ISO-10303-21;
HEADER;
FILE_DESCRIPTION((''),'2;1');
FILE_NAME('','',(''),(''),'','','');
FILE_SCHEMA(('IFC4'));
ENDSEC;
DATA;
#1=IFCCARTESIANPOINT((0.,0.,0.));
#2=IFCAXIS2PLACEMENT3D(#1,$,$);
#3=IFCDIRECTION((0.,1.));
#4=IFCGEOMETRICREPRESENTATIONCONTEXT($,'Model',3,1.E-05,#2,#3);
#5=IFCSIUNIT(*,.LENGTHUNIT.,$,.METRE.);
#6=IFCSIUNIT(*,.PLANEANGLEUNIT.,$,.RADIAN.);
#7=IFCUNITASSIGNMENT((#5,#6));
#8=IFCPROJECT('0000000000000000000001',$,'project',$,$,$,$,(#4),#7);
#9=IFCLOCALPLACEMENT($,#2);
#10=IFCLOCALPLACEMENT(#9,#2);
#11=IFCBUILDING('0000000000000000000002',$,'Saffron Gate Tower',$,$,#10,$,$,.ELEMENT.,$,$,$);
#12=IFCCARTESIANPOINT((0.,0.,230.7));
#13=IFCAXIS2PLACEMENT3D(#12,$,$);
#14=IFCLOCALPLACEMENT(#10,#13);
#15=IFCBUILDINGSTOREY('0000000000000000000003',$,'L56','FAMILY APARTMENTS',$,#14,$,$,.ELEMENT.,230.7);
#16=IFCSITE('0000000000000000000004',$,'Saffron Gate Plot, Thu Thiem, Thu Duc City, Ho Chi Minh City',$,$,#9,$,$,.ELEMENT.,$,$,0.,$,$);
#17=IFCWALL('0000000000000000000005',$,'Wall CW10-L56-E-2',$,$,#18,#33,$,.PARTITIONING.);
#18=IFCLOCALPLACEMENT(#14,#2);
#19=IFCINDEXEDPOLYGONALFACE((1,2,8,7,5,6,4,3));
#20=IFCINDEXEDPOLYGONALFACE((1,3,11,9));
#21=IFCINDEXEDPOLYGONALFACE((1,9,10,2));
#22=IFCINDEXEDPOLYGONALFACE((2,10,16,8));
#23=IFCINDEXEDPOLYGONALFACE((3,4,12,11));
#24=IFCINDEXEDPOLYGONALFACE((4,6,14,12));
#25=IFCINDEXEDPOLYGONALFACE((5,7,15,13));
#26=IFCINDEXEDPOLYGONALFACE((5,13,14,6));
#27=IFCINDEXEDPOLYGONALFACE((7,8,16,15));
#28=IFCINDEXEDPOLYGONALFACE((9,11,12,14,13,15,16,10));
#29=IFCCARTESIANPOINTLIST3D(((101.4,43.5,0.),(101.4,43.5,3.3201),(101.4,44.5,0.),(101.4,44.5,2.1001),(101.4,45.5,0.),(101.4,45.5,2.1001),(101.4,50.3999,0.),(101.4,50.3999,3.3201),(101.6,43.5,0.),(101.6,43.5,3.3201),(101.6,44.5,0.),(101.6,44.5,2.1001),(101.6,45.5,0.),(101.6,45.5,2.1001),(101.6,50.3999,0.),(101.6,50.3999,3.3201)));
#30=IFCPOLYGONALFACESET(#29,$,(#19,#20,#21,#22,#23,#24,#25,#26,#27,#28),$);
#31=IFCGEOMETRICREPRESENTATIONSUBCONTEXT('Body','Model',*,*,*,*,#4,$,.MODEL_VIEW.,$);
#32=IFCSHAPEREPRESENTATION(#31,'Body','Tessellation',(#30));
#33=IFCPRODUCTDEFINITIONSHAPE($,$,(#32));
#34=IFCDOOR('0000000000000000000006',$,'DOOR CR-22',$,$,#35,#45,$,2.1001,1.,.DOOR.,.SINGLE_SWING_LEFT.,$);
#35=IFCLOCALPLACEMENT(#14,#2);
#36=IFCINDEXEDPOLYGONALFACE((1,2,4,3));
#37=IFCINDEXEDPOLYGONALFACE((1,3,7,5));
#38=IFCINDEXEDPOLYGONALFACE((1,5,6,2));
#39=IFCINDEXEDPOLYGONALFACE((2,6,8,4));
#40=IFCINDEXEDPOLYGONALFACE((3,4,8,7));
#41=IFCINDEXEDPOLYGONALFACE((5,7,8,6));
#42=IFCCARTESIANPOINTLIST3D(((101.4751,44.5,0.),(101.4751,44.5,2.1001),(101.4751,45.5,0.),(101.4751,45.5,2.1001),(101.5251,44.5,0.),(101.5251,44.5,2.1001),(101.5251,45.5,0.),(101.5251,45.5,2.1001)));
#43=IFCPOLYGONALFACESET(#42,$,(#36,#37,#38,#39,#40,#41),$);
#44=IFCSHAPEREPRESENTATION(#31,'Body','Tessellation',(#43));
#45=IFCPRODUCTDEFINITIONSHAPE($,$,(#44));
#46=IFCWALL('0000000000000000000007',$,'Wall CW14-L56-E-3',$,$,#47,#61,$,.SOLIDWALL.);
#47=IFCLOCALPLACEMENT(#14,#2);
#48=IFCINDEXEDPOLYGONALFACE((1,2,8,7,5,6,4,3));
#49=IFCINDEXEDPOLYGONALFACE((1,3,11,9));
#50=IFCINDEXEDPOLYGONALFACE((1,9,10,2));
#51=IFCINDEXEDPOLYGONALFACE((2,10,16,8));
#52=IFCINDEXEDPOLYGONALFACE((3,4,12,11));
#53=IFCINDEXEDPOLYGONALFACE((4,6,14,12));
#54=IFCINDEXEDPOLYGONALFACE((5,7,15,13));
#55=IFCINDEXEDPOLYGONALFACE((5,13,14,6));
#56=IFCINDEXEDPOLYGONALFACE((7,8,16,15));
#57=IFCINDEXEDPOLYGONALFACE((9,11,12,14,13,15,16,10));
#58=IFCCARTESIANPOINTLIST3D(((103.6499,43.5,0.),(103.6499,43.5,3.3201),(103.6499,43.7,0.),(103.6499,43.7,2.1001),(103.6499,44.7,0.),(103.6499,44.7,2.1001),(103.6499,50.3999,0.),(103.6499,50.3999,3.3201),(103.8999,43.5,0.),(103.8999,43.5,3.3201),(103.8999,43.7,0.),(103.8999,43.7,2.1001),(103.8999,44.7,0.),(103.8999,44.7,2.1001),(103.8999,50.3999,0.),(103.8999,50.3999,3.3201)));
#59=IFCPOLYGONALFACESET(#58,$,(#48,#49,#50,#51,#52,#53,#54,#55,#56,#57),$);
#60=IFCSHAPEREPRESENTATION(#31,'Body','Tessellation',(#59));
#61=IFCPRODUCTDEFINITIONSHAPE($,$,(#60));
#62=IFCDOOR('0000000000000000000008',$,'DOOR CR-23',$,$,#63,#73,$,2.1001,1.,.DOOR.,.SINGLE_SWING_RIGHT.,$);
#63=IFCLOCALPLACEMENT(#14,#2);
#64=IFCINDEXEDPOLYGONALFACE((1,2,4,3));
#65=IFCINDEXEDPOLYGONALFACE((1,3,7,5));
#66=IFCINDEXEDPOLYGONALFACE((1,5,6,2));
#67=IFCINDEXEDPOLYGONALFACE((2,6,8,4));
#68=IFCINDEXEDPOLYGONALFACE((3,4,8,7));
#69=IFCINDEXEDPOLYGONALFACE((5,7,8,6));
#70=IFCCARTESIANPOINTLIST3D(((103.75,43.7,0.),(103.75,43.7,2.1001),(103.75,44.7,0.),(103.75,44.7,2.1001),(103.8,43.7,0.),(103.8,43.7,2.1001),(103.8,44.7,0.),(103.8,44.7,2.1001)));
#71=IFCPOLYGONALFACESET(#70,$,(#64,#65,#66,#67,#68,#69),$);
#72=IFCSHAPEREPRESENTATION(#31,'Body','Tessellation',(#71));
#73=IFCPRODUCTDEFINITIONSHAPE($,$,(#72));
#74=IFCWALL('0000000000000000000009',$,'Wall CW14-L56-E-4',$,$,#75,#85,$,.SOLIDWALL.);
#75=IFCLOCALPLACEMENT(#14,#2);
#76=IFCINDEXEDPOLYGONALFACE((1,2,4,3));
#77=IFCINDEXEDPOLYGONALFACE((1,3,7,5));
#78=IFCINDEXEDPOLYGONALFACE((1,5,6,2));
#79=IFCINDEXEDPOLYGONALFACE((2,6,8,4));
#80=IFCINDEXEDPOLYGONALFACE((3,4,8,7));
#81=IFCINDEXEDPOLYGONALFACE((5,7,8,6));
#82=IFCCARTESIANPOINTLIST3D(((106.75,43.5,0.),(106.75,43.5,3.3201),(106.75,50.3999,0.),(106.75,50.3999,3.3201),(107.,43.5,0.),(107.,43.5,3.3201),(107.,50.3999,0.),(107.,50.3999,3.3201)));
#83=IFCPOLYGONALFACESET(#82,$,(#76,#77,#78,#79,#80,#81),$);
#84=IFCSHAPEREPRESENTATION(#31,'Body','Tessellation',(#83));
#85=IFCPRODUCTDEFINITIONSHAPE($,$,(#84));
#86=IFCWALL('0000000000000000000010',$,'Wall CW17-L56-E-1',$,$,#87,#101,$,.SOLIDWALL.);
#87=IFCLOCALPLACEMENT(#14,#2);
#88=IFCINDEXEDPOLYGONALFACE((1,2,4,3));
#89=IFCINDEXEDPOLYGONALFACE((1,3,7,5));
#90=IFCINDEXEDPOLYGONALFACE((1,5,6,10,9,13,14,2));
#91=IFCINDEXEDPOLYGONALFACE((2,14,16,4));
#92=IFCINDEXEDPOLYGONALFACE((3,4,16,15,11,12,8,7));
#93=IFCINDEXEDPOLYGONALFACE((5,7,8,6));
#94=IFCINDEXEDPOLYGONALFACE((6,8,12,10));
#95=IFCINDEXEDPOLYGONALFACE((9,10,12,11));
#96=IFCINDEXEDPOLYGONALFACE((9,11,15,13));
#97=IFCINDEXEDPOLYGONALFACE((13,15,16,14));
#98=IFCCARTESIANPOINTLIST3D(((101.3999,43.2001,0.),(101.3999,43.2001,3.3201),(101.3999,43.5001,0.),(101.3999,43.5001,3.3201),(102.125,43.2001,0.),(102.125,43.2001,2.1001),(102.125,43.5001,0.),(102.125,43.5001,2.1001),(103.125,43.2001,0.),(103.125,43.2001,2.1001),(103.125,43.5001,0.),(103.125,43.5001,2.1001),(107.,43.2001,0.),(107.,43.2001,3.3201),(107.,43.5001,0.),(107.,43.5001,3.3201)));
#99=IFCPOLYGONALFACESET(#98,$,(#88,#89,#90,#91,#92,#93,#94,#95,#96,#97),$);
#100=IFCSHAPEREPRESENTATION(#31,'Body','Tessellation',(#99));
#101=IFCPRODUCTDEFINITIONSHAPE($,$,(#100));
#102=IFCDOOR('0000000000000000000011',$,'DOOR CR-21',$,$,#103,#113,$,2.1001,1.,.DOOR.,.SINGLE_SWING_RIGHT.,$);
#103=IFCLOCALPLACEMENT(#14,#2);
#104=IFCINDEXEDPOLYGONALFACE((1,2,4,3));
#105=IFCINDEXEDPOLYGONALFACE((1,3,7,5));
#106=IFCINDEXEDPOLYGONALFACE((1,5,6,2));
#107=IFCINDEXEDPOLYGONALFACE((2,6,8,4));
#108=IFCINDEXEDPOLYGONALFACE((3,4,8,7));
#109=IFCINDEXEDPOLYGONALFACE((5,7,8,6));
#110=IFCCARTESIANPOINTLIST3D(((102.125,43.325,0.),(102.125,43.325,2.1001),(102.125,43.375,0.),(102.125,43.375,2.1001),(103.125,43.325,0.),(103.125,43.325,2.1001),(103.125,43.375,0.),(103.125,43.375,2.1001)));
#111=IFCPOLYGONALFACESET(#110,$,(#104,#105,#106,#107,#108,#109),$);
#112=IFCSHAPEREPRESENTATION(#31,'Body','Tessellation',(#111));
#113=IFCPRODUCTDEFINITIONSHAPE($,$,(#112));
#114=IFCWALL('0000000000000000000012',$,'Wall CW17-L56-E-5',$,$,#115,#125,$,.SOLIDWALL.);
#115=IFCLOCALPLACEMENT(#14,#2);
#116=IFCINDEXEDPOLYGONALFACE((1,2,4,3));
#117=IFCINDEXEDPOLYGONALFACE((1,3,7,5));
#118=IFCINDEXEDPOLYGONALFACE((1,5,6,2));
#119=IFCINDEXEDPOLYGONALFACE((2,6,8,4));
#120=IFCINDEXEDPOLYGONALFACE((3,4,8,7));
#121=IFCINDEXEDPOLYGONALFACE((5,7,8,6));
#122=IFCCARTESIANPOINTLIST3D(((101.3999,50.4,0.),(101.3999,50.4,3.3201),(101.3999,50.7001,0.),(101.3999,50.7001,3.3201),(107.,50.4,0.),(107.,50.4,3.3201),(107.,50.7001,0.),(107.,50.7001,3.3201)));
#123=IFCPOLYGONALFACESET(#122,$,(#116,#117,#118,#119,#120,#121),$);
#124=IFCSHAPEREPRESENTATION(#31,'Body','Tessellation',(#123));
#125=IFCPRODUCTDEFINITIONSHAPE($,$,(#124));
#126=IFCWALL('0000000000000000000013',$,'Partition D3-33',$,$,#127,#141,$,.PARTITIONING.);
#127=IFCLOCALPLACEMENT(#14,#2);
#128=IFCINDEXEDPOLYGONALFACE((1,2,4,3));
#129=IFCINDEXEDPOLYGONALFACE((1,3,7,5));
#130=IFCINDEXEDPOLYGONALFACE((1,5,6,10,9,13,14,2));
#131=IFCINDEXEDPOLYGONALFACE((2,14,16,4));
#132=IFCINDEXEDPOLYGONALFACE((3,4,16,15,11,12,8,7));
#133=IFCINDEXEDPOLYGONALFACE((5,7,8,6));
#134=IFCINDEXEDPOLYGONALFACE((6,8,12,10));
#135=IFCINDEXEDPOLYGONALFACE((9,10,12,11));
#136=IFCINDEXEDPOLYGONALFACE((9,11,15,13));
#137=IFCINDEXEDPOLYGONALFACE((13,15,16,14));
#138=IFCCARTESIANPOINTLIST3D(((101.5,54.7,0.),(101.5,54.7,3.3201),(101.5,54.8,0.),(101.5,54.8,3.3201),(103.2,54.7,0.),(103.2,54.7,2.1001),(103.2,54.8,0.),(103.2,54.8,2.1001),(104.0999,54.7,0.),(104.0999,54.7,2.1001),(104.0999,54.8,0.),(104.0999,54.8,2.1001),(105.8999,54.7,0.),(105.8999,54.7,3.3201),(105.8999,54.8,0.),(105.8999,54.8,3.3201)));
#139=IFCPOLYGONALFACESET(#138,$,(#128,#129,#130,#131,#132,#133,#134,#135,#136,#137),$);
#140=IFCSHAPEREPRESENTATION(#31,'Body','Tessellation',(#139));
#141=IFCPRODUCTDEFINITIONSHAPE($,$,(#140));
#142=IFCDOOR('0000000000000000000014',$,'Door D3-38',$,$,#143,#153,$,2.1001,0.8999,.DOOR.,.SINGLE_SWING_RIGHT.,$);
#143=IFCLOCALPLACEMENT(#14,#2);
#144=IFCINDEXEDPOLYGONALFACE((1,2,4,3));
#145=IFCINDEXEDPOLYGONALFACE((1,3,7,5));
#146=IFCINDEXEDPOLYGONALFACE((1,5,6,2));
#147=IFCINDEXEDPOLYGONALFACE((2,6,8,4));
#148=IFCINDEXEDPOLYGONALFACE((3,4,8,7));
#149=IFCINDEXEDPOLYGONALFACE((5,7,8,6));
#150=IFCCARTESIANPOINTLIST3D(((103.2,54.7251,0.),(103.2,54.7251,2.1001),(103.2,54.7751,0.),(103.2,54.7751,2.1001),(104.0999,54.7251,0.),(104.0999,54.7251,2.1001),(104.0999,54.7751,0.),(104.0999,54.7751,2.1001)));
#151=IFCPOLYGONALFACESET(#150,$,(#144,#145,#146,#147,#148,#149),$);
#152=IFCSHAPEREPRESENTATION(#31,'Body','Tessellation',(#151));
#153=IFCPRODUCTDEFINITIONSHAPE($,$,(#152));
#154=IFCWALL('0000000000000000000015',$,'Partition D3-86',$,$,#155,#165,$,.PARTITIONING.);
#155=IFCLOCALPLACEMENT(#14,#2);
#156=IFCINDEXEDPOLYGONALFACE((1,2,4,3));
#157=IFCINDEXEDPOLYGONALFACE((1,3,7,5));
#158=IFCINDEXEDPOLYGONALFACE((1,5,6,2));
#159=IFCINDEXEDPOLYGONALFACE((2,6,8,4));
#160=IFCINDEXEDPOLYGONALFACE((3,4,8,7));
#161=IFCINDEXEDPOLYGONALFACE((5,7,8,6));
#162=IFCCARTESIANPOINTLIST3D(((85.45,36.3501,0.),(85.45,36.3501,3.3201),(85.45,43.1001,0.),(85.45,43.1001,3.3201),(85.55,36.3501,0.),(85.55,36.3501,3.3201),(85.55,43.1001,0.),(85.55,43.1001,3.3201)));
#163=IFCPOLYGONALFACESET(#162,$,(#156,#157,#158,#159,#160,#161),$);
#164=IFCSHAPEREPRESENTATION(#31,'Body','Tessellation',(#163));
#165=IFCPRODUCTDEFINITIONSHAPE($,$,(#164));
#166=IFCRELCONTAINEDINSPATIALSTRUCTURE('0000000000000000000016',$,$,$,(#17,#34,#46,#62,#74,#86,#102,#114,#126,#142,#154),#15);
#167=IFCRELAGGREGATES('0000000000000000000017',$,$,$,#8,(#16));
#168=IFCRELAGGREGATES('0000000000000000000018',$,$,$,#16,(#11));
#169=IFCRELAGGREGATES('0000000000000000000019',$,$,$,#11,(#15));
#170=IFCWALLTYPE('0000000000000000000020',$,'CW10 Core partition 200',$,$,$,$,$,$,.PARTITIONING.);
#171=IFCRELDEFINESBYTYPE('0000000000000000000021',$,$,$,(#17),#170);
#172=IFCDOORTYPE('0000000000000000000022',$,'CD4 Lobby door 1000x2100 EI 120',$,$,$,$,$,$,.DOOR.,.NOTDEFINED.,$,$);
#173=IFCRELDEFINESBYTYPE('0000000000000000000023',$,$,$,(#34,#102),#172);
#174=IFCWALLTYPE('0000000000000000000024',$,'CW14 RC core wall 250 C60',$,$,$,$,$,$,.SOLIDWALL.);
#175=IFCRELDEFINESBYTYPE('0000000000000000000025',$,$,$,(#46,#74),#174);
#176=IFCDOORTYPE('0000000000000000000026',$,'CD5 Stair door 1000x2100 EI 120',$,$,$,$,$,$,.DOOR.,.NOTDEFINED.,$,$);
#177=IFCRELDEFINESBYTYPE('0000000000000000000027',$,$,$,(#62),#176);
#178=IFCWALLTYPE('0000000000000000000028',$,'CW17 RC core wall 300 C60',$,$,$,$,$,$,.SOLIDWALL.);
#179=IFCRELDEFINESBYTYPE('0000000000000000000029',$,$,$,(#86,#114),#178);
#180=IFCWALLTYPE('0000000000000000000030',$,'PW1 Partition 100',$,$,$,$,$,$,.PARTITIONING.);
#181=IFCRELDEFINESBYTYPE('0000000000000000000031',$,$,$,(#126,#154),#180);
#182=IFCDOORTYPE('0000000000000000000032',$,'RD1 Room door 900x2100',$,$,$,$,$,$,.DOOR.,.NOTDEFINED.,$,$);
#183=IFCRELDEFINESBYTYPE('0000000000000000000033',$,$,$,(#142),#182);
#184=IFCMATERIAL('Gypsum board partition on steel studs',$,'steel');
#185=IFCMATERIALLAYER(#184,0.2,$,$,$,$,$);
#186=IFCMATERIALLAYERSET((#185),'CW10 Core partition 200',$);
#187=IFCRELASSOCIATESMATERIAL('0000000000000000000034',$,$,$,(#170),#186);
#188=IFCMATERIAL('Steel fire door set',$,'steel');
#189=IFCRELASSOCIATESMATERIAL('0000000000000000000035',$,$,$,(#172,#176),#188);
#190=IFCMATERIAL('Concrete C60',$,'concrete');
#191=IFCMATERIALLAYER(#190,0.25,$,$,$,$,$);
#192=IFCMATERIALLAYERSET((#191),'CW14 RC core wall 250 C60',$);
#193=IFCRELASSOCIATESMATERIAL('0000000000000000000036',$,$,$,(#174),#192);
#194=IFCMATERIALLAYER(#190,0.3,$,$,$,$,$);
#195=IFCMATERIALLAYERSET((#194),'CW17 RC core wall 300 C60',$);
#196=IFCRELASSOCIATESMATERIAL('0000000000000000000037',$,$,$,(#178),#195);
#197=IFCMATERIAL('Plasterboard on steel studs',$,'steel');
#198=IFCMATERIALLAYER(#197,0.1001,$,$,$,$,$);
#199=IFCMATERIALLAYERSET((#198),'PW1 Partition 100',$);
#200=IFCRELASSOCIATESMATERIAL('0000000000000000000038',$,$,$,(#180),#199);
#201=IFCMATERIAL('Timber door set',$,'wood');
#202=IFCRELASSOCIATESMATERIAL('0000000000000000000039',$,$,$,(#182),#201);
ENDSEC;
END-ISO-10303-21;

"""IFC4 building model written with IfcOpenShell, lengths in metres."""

from ifc_helpers import new_model, si_unit, direction, frame, frame_2d, origin, place, context, subcontext, project, spatial, rectangle, extrude, material, layer, layer_set, type_object, element, fill, save


model = new_model("IFC4")

# Units and contexts
model_context = context("Model", 3, precision=1e-05, world=origin(), true_north=direction((0.0, 1.0)))
body_context = subcontext(model_context, "Body", "Model", "MODEL_VIEW")
ifc_project = project(units=[si_unit("LENGTHUNIT", "METRE"), si_unit("PLANEANGLEUNIT", "RADIAN")], contexts=[model_context])

# Site, building, storey
site_placement = place(None, origin())
site = spatial("IfcSite", under=ifc_project, at=site_placement, Name="Saffron Gate Plot, Thu Thiem, Thu Duc City, Ho Chi Minh City", CompositionType="ELEMENT", RefElevation=0.0)
building_placement = place(site_placement, origin())
building = spatial("IfcBuilding", under=site, at=building_placement, Name="Saffron Gate Tower", CompositionType="ELEMENT")
storey_placement = place(building_placement, frame((0.0, 0.0, 230.7)))
storey = spatial("IfcBuildingStorey", under=building, at=storey_placement, Name="L56", Description="FAMILY APARTMENTS", CompositionType="ELEMENT", Elevation=230.7)

# Walls, openings, doors
ifc_material_1 = material(Name="Gypsum board partition on steel studs", Category="steel")
ifc_layer_1 = layer(ifc_material_1, 0.2)
ifc_layer_set_1 = layer_set([ifc_layer_1], Name="CW10 Core partition 200")
wall_type_1 = type_object("IfcWallType", Name="CW10 Core partition 200", PredefinedType="PARTITIONING", material=ifc_layer_set_1)
wall_1_placement = place(storey_placement, frame((101.5, 43.5, 0.0), z_axis=(0.0, 0.0, 1.0), x_axis=(0.0, 1.0, 0.0)))
wall_1 = element("IfcWall", 1, at=wall_1_placement, inside=storey, type_object=wall_type_1, Name="Wall CW10-L56-E-2", PredefinedType="PARTITIONING", context=body_context, shape_type="SweptSolid", body=[
    extrude(rectangle(XDim=6.8999, YDim=0.2, at=frame_2d((3.45, 0.0))), origin(), (0.0, 0.0, 1.0), 3.3201),
])
opening_1_placement = place(wall_1_placement, frame((1.0, 0.0, 0.0)))
opening_1 = element("IfcOpeningElement", 2, at=opening_1_placement, cuts=wall_1, PredefinedType="OPENING", context=body_context, shape_type="SweptSolid", body=[
    extrude(rectangle(XDim=1.0, YDim=2.1001, at=frame_2d((0.5, 1.05))), frame((0.0, 0.1099, 0.0), z_axis=(0.0, -1.0, 0.0), x_axis=(1.0, 0.0, 0.0)), (0.0, 0.0, 1.0), 0.22),
])
ifc_material_2 = material(Name="Steel fire door set", Category="steel")
door_type_1 = type_object("IfcDoorType", Name="CD4 Lobby door 1000x2100 EI 120", OperationType="NOTDEFINED", PredefinedType="DOOR", material=ifc_material_2)
door_1_placement = place(opening_1_placement, origin())
door_1 = element("IfcDoor", 3, at=door_1_placement, inside=storey, type_object=door_type_1, Name="DOOR CR-22", OperationType="SINGLE_SWING_LEFT", OverallHeight=2.1001, OverallWidth=1.0, PredefinedType="DOOR", context=body_context, shape_type="SweptSolid", body=[
    extrude(rectangle(XDim=1.0, YDim=2.1001, at=frame_2d((0.5, 1.05))), frame((0.0, 0.0249, 0.0), z_axis=(0.0, -1.0, 0.0), x_axis=(1.0, 0.0, 0.0)), (0.0, 0.0, 1.0), 0.05),
])
fill(opening_1, door_1)
ifc_material_3 = material(Name="Concrete C60", Category="concrete")
ifc_layer_2 = layer(ifc_material_3, 0.25)
ifc_layer_set_2 = layer_set([ifc_layer_2], Name="CW14 RC core wall 250 C60")
wall_type_2 = type_object("IfcWallType", Name="CW14 RC core wall 250 C60", PredefinedType="SOLIDWALL", material=ifc_layer_set_2)
wall_2_placement = place(storey_placement, frame((103.7749, 43.5, 0.0), z_axis=(0.0, 0.0, 1.0), x_axis=(0.0, 1.0, 0.0)))
wall_2 = element("IfcWall", 4, at=wall_2_placement, inside=storey, type_object=wall_type_2, Name="Wall CW14-L56-E-3", PredefinedType="SOLIDWALL", context=body_context, shape_type="SweptSolid", body=[
    extrude(rectangle(XDim=6.8999, YDim=0.25, at=frame_2d((3.45, 0.0))), origin(), (0.0, 0.0, 1.0), 3.3201),
])
opening_2_placement = place(wall_2_placement, frame((0.2, 0.0, 0.0)))
opening_2 = element("IfcOpeningElement", 5, at=opening_2_placement, cuts=wall_2, PredefinedType="OPENING", context=body_context, shape_type="SweptSolid", body=[
    extrude(rectangle(XDim=1.0, YDim=2.1001, at=frame_2d((0.5, 1.05))), frame((0.0, 0.135, 0.0), z_axis=(0.0, -1.0, 0.0), x_axis=(1.0, 0.0, 0.0)), (0.0, 0.0, 1.0), 0.27),
])
door_type_2 = type_object("IfcDoorType", Name="CD5 Stair door 1000x2100 EI 120", OperationType="NOTDEFINED", PredefinedType="DOOR", material=ifc_material_2)
door_2_placement = place(opening_2_placement, origin())
door_2 = element("IfcDoor", 6, at=door_2_placement, inside=storey, type_object=door_type_2, Name="DOOR CR-23", OperationType="SINGLE_SWING_RIGHT", OverallHeight=2.1001, OverallWidth=1.0, PredefinedType="DOOR", context=body_context, shape_type="SweptSolid", body=[
    extrude(rectangle(XDim=1.0, YDim=2.1001, at=frame_2d((0.5, 1.05))), frame((0.0, 0.0249, 0.0), z_axis=(0.0, -1.0, 0.0), x_axis=(1.0, 0.0, 0.0)), (0.0, 0.0, 1.0), 0.05),
])
fill(opening_2, door_2)

# Wall
wall_3_placement = place(storey_placement, frame((106.875, 43.5, 0.0), z_axis=(0.0, 0.0, 1.0), x_axis=(0.0, 1.0, 0.0)))
element("IfcWall", 7, at=wall_3_placement, inside=storey, type_object=wall_type_2, Name="Wall CW14-L56-E-4", PredefinedType="SOLIDWALL", context=body_context, shape_type="SweptSolid", body=[
    extrude(rectangle(XDim=6.8999, YDim=0.25, at=frame_2d((3.45, 0.0))), origin(), (0.0, 0.0, 1.0), 3.3201),
])

# Wall, opening, door
ifc_layer_3 = layer(ifc_material_3, 0.3)
ifc_layer_set_3 = layer_set([ifc_layer_3], Name="CW17 RC core wall 300 C60")
wall_type_3 = type_object("IfcWallType", Name="CW17 RC core wall 300 C60", PredefinedType="SOLIDWALL", material=ifc_layer_set_3)
wall_4_placement = place(storey_placement, frame((101.3999, 43.3501, 0.0), z_axis=(0.0, 0.0, 1.0), x_axis=(1.0, 0.0, 0.0)))
wall_4 = element("IfcWall", 8, at=wall_4_placement, inside=storey, type_object=wall_type_3, Name="Wall CW17-L56-E-1", PredefinedType="SOLIDWALL", context=body_context, shape_type="SweptSolid", body=[
    extrude(rectangle(XDim=5.6001, YDim=0.3, at=frame_2d((2.8, 0.0))), origin(), (0.0, 0.0, 1.0), 3.3201),
])
opening_3_placement = place(wall_4_placement, frame((0.7251, 0.0, 0.0)))
opening_3 = element("IfcOpeningElement", 9, at=opening_3_placement, cuts=wall_4, PredefinedType="OPENING", context=body_context, shape_type="SweptSolid", body=[
    extrude(rectangle(XDim=1.0, YDim=2.1001, at=frame_2d((0.5, 1.05))), frame((0.0, 0.1602, 0.0), z_axis=(0.0, -1.0, 0.0), x_axis=(1.0, 0.0, 0.0)), (0.0, 0.0, 1.0), 0.3201),
])
door_3_placement = place(opening_3_placement, origin())
door_3 = element("IfcDoor", 10, at=door_3_placement, inside=storey, type_object=door_type_1, Name="DOOR CR-21", OperationType="SINGLE_SWING_RIGHT", OverallHeight=2.1001, OverallWidth=1.0, PredefinedType="DOOR", context=body_context, shape_type="SweptSolid", body=[
    extrude(rectangle(XDim=1.0, YDim=2.1001, at=frame_2d((0.5, 1.05))), frame((0.0, 0.0249, 0.0), z_axis=(0.0, -1.0, 0.0), x_axis=(1.0, 0.0, 0.0)), (0.0, 0.0, 1.0), 0.05),
])
fill(opening_3, door_3)

# Wall
wall_5_placement = place(storey_placement, frame((101.3999, 50.55, 0.0), z_axis=(0.0, 0.0, 1.0), x_axis=(1.0, 0.0, 0.0)))
element("IfcWall", 11, at=wall_5_placement, inside=storey, type_object=wall_type_3, Name="Wall CW17-L56-E-5", PredefinedType="SOLIDWALL", context=body_context, shape_type="SweptSolid", body=[
    extrude(rectangle(XDim=5.6001, YDim=0.3, at=frame_2d((2.8, 0.0))), origin(), (0.0, 0.0, 1.0), 3.3201),
])

# Wall, opening, door
ifc_material_4 = material(Name="Plasterboard on steel studs", Category="steel")
ifc_layer_4 = layer(ifc_material_4, 0.1001)
ifc_layer_set_4 = layer_set([ifc_layer_4], Name="PW1 Partition 100")
wall_type_4 = type_object("IfcWallType", Name="PW1 Partition 100", PredefinedType="PARTITIONING", material=ifc_layer_set_4)
wall_6_placement = place(storey_placement, frame((105.8999, 54.75, 0.0), z_axis=(0.0, 0.0, 1.0), x_axis=(-1.0, 0.0, 0.0)))
wall_6 = element("IfcWall", 12, at=wall_6_placement, inside=storey, type_object=wall_type_4, Name="Partition D3-33", PredefinedType="PARTITIONING", context=body_context, shape_type="SweptSolid", body=[
    extrude(rectangle(XDim=4.3999, YDim=0.1001, at=frame_2d((2.2, 0.0))), origin(), (0.0, 0.0, 1.0), 3.3201),
])
opening_4_placement = place(wall_6_placement, frame((1.8, 0.0, 0.0)))
opening_4 = element("IfcOpeningElement", 13, at=opening_4_placement, cuts=wall_6, PredefinedType="OPENING", context=body_context, shape_type="SweptSolid", body=[
    extrude(rectangle(XDim=0.8999, YDim=2.1001, at=frame_2d((0.45, 1.05))), frame((0.0, 0.0601, 0.0), z_axis=(0.0, -1.0, 0.0), x_axis=(1.0, 0.0, 0.0)), (0.0, 0.0, 1.0), 0.1201),
])
ifc_material_5 = material(Name="Timber door set", Category="wood")
door_type_3 = type_object("IfcDoorType", Name="RD1 Room door 900x2100", OperationType="NOTDEFINED", PredefinedType="DOOR", material=ifc_material_5)
door_4_placement = place(opening_4_placement, origin())
door_4 = element("IfcDoor", 14, at=door_4_placement, inside=storey, type_object=door_type_3, Name="Door D3-38", OperationType="SINGLE_SWING_RIGHT", OverallHeight=2.1001, OverallWidth=0.8999, PredefinedType="DOOR", context=body_context, shape_type="SweptSolid", body=[
    extrude(rectangle(XDim=0.8999, YDim=2.1001, at=frame_2d((0.45, 1.05))), frame((0.0, 0.0249, 0.0), z_axis=(0.0, -1.0, 0.0), x_axis=(1.0, 0.0, 0.0)), (0.0, 0.0, 1.0), 0.05),
])
fill(opening_4, door_4)

# Wall
for number, where, z_axis, x_axis, name in (
    (15, (85.5, 43.1001, 0.0), (0.0, 0.0, 1.0), (0.0, -1.0, 0.0), "Partition D3-86"),
):
    element("IfcWall", number, at=place(storey_placement, frame(where, z_axis=z_axis, x_axis=x_axis)), inside=storey, type_object=wall_type_4, Name=name, PredefinedType="PARTITIONING", context=body_context, shape_type="SweptSolid", body=[
        extrude(rectangle(XDim=6.75, YDim=0.1001, at=frame_2d((3.375, 0.0))), origin(), (0.0, 0.0, 1.0), 3.3201),
    ])

save(model, "model.ifc")
